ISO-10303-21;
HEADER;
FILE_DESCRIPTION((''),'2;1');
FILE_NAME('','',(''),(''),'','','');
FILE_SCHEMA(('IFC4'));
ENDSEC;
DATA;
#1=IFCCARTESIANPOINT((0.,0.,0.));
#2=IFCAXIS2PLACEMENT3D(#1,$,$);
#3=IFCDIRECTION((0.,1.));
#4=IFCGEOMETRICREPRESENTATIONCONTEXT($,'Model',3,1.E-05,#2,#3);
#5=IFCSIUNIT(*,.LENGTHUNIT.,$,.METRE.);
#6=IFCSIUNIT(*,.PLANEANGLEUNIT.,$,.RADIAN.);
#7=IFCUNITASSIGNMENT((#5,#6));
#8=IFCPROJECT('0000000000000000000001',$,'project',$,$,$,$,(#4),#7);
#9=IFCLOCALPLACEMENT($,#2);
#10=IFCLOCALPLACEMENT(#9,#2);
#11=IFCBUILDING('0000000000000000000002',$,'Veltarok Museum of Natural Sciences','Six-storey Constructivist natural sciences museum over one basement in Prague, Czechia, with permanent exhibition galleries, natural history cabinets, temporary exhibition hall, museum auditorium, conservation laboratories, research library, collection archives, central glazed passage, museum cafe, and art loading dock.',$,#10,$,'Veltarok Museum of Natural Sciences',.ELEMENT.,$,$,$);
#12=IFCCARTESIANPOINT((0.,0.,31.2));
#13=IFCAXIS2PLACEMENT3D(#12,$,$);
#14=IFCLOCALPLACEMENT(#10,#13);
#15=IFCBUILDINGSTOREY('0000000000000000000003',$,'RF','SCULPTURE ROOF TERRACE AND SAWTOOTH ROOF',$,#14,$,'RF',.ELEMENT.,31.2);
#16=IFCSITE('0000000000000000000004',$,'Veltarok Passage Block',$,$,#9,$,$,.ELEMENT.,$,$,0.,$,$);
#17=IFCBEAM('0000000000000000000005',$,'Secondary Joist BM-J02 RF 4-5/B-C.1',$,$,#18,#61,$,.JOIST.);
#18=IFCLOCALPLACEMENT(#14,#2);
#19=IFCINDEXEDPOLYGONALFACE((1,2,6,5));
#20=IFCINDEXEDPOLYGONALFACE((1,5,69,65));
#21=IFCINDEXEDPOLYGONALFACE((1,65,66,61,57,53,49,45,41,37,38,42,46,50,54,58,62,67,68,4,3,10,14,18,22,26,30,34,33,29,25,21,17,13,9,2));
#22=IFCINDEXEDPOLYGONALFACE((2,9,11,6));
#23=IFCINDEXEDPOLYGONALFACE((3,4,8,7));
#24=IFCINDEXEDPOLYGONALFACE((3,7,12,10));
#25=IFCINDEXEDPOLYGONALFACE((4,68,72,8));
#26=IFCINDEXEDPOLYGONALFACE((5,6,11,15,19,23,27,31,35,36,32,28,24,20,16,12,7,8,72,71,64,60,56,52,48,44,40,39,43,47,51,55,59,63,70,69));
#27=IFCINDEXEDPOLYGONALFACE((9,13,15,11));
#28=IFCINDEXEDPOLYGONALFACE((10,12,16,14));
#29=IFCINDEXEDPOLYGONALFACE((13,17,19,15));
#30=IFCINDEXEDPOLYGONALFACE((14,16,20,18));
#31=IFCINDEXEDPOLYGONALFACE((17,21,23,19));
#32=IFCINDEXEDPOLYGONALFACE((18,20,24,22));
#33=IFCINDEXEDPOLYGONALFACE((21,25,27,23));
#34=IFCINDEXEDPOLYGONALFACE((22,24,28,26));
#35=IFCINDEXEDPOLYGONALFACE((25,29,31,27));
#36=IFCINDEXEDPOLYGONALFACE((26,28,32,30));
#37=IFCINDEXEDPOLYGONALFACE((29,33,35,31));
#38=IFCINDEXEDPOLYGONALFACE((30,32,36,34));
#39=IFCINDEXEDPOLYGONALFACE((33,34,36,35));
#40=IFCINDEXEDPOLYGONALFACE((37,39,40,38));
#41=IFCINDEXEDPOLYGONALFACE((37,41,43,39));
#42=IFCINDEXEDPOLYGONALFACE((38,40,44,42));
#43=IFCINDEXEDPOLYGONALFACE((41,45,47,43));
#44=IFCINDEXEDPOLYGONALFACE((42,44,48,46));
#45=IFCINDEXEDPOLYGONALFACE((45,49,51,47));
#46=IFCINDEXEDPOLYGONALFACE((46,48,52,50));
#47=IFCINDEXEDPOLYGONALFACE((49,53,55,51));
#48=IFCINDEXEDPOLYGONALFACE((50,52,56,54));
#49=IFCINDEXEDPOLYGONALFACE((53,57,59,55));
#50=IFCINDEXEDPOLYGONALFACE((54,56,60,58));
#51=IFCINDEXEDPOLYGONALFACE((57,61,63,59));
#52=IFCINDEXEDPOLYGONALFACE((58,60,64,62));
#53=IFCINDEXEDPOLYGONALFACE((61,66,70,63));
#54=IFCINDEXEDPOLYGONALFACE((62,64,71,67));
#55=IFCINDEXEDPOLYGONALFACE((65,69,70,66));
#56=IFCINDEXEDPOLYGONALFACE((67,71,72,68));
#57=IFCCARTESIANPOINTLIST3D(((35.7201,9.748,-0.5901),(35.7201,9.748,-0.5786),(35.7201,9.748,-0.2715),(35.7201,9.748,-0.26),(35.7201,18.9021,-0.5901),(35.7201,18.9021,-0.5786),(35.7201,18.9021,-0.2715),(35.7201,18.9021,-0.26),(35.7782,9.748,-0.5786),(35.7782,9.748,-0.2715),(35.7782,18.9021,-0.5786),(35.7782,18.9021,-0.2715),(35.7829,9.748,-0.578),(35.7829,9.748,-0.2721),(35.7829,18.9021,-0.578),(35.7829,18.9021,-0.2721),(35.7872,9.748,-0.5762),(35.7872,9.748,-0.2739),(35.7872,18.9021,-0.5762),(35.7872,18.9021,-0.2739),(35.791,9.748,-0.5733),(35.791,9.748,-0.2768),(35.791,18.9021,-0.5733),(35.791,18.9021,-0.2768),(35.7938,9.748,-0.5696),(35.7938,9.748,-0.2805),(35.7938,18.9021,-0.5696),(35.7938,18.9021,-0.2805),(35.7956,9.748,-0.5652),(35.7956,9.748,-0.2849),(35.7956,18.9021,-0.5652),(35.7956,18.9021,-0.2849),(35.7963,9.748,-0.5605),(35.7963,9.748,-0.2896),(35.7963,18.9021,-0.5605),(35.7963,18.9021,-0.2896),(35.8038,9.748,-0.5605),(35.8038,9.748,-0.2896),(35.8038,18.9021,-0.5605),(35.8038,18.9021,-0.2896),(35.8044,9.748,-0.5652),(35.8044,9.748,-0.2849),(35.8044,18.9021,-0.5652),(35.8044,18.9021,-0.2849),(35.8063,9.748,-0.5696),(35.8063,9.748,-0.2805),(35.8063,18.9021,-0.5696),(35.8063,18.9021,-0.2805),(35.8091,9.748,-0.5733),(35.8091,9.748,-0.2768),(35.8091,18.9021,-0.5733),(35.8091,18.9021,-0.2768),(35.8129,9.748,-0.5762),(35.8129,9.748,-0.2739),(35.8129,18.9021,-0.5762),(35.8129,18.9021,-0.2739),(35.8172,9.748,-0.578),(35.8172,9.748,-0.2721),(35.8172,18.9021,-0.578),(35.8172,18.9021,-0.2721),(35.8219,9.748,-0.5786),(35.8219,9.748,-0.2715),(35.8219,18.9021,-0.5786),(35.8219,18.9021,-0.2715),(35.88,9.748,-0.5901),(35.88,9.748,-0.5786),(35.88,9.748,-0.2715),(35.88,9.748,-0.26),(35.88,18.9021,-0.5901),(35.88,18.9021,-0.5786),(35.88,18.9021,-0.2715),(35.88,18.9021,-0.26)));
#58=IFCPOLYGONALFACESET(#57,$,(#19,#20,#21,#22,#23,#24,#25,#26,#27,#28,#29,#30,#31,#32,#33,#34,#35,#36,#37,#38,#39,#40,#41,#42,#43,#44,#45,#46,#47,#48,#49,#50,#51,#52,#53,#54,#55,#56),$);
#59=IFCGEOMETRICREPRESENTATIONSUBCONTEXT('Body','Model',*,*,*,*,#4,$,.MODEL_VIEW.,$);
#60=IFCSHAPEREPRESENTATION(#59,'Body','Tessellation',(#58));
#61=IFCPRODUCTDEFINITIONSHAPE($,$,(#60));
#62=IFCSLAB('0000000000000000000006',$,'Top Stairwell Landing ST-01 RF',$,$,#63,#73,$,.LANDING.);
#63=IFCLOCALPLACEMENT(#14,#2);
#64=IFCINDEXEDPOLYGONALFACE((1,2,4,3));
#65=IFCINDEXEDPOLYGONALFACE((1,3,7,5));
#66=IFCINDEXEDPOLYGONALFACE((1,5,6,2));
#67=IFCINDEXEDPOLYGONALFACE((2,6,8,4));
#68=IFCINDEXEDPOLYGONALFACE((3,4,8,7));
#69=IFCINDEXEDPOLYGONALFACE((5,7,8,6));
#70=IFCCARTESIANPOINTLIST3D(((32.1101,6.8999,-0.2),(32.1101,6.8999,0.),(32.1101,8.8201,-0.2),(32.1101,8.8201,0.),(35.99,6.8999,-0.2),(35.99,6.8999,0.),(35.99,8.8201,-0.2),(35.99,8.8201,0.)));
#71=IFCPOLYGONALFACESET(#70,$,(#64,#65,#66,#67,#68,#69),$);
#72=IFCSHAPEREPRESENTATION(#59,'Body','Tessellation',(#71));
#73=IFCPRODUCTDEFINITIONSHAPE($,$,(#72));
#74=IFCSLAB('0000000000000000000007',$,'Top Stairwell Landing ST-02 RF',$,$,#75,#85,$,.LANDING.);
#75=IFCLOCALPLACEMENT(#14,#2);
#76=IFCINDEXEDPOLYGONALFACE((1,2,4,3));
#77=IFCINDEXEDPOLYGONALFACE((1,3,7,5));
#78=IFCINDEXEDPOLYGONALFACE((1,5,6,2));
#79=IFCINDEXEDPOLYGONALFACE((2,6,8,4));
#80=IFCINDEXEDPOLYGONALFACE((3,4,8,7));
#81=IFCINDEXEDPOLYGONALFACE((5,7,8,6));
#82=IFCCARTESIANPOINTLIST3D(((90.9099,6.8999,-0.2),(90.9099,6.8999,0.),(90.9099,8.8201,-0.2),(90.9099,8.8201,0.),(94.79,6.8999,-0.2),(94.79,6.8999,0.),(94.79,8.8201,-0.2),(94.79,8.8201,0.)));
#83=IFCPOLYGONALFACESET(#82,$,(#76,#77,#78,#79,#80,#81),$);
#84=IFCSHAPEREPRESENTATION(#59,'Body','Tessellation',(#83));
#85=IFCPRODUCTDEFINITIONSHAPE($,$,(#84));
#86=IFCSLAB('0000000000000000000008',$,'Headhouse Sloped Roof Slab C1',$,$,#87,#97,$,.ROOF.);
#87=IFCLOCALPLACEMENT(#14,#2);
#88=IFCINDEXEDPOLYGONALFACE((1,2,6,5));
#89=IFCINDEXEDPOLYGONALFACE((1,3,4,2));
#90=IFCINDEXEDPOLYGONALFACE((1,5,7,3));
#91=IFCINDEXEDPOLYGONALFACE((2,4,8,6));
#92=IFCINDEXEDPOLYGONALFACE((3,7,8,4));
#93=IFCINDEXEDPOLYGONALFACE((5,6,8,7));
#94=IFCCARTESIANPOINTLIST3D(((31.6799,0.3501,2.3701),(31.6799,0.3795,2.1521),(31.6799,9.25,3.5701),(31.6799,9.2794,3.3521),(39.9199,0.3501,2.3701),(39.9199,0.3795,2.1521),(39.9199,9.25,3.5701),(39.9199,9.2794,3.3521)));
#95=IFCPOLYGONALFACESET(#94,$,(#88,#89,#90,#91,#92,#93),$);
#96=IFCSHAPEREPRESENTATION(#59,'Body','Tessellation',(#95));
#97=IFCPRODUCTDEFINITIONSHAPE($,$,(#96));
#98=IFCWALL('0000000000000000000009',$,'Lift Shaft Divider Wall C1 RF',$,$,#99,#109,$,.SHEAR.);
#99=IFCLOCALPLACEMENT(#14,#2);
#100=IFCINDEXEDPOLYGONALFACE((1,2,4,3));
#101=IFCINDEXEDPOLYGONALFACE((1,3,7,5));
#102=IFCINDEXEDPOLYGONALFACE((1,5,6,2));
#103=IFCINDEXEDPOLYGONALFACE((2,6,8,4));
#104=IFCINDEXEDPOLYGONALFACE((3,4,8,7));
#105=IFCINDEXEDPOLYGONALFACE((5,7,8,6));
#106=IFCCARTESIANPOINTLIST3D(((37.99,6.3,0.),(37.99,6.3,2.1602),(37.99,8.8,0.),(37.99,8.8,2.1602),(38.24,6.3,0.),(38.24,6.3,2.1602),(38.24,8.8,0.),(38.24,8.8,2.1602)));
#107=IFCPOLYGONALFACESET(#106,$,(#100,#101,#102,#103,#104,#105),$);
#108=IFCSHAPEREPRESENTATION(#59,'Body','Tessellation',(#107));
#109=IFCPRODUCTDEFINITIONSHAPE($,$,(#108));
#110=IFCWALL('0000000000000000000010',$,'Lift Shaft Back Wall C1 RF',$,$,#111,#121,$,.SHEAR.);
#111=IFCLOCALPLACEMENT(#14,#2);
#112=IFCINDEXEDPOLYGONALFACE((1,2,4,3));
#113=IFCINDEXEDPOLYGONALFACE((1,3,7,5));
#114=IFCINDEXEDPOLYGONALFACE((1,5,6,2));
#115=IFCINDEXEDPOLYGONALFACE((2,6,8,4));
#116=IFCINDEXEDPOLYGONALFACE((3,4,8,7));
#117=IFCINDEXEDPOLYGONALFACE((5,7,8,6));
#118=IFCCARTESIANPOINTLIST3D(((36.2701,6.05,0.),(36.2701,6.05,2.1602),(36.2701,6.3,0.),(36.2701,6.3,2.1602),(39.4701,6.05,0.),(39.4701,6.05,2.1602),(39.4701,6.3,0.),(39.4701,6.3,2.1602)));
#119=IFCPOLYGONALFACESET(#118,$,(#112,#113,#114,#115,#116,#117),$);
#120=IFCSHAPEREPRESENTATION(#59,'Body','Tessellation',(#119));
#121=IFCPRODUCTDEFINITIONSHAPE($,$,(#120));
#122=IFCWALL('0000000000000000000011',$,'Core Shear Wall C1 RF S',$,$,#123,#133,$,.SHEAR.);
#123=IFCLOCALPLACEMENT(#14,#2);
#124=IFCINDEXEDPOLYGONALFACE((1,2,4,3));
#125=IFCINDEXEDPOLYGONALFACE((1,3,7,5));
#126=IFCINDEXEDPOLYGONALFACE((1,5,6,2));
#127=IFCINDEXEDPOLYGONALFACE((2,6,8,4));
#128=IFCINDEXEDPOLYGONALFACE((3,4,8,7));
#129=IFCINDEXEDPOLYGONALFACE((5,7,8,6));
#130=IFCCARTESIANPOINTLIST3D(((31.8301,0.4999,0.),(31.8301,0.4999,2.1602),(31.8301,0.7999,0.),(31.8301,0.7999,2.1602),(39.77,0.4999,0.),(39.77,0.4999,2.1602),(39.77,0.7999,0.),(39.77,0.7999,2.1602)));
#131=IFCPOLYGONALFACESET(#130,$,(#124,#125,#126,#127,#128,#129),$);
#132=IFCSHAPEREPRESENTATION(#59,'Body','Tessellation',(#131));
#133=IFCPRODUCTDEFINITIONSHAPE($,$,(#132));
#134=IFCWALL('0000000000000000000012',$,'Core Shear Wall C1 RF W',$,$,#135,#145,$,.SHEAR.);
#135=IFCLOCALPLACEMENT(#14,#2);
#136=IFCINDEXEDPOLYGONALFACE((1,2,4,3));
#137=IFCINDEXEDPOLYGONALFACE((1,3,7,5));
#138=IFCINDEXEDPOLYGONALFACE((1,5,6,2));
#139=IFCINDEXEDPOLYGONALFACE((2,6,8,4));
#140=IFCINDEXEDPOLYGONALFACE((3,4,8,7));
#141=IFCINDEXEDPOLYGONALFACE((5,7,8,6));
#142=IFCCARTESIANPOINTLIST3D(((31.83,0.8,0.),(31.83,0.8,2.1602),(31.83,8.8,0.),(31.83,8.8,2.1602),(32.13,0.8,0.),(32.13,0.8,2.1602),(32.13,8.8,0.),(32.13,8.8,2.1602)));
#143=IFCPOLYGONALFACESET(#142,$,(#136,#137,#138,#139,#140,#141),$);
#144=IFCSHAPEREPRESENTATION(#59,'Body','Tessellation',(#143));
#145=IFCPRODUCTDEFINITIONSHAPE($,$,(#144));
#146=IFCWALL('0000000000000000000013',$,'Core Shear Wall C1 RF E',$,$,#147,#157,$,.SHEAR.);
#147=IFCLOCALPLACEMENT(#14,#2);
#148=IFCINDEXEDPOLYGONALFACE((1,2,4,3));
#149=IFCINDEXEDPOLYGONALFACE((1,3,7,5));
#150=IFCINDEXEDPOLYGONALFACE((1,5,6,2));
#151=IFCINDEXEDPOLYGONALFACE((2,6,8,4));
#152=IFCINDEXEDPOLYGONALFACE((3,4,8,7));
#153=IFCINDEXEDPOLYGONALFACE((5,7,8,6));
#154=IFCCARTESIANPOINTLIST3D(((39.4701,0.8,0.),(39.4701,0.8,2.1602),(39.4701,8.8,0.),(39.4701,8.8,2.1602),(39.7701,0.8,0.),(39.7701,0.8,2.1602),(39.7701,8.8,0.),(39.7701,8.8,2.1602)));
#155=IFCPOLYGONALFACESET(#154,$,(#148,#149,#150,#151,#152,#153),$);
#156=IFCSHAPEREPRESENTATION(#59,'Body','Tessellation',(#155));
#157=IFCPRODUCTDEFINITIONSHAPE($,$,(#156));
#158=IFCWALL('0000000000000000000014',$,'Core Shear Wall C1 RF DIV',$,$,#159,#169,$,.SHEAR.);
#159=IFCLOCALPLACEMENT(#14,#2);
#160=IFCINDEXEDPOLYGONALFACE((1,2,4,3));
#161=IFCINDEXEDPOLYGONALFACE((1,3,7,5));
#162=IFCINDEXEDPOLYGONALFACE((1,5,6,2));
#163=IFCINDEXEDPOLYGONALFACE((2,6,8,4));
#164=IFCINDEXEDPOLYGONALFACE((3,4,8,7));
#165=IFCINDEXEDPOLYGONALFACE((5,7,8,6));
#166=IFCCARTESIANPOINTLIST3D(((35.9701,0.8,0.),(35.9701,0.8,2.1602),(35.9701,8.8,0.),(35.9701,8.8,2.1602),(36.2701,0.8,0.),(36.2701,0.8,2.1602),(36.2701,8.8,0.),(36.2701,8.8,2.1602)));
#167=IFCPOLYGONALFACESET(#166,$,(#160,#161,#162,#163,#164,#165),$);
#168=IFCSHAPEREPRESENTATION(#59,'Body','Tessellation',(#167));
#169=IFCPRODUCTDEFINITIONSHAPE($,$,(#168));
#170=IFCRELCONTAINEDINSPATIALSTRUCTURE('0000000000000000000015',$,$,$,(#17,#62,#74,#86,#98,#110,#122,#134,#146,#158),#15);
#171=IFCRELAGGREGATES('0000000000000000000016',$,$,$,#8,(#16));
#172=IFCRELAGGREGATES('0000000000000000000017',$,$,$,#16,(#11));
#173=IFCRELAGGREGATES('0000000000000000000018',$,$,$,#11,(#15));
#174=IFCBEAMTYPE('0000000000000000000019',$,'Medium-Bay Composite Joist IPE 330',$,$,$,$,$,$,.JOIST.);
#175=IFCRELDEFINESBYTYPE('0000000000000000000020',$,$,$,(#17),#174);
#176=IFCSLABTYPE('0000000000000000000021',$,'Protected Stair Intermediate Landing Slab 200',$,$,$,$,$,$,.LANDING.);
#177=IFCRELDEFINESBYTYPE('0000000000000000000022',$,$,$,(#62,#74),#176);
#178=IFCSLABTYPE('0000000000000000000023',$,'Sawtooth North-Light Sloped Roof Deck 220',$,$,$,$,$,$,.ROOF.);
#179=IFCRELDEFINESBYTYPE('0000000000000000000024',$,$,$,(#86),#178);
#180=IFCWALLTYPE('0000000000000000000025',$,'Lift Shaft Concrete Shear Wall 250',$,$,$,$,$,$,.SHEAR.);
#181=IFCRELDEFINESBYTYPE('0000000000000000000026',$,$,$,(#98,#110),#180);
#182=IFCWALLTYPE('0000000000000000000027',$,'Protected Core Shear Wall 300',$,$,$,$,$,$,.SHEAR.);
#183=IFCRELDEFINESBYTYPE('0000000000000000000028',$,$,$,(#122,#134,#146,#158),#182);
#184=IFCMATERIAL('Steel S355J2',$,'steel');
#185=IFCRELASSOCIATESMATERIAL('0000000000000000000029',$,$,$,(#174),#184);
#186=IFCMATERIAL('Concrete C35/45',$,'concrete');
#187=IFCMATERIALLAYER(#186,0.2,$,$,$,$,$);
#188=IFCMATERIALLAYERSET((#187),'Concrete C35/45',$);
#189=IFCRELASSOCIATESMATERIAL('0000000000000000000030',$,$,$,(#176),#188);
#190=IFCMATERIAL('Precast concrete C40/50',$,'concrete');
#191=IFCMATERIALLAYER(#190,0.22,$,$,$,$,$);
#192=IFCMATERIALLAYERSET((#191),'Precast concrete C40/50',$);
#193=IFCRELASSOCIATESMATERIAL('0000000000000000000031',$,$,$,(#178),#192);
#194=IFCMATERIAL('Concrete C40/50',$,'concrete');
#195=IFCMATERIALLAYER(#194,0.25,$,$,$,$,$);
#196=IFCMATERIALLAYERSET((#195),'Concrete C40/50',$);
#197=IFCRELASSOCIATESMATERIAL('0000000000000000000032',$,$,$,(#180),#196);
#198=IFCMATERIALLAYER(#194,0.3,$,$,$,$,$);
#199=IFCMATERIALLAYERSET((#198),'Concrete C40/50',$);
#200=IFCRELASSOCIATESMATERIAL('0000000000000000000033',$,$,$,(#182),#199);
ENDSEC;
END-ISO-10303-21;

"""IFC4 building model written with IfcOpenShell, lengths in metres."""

from ifc_helpers import new_model, si_unit, direction, frame, frame_2d, origin, origin_2d, place, context, subcontext, project, spatial, polyline, rectangle, i_section, outline, extrude, material, layer, layer_set, material_profile, profile_set, type_object, element, save


model = new_model("IFC4")

# Units and contexts
model_context = context("Model", 3, precision=1e-05, world=origin(), true_north=direction((0.0, 1.0)))
body_context = subcontext(model_context, "Body", "Model", "MODEL_VIEW")
ifc_project = project(units=[si_unit("LENGTHUNIT", "METRE"), si_unit("PLANEANGLEUNIT", "RADIAN")], contexts=[model_context])

# Site, building, storey
site_placement = place(None, origin())
site = spatial("IfcSite", under=ifc_project, at=site_placement, Name="Veltarok Passage Block", CompositionType="ELEMENT", RefElevation=0.0)
building_placement = place(site_placement, origin())
building = spatial("IfcBuilding", under=site, at=building_placement, Name="Veltarok Museum of Natural Sciences", Description="Six-storey Constructivist natural sciences museum over one basement in Prague, Czechia, with permanent exhibition galleries, natural history cabinets, temporary exhibition hall, museum auditorium, conservation laboratories, research library, collection archives, central glazed passage, museum cafe, and art loading dock.", LongName="Veltarok Museum of Natural Sciences", CompositionType="ELEMENT")
storey_placement = place(building_placement, frame((0.0, 0.0, 31.2)))
storey = spatial("IfcBuildingStorey", under=building, at=storey_placement, Name="RF", Description="SCULPTURE ROOF TERRACE AND SAWTOOTH ROOF", LongName="RF", CompositionType="ELEMENT", Elevation=31.2)

# Beam
ifc_material_1 = material(Name="Concrete C40/50", Category="concrete")
ifc_material_2 = material(Name="Steel S355J2", Category="steel")
ifc_material_profile_1 = material_profile(ifc_material_2, i_section(OverallWidth=0.1599, OverallDepth=0.3301, WebThickness=0.0076, FlangeThickness=0.0115, FilletRadius=0.0181, at=origin_2d()), Name="IPE 330")
ifc_profile_set_1 = profile_set([ifc_material_profile_1], Name="Steel S355J2")
beam_type_1 = type_object("IfcBeamType", Name="Medium-Bay Composite Joist IPE 330", PredefinedType="JOIST", material=ifc_profile_set_1)
beam_1_placement = place(storey_placement, frame((35.8, 9.748, -0.425), z_axis=(0.0, 1.0, 0.0), x_axis=(-1.0, 0.0, 0.0)))
element("IfcBeam", 1, at=beam_1_placement, inside=storey, type_object=beam_type_1, Name="Secondary Joist BM-J02 RF 4-5/B-C.1", PredefinedType="JOIST", context=body_context, shape_type="SweptSolid", body=[
    extrude(i_section(OverallWidth=0.1599, OverallDepth=0.3301, WebThickness=0.0076, FlangeThickness=0.0115, FilletRadius=0.0181, at=origin_2d()), origin(), (0.0, 0.0, 1.0), 9.1541),
])

# Slabs
ifc_material_3 = material(Name="Concrete C35/45", Category="concrete")
ifc_layer_1 = layer(ifc_material_3, 0.2)
ifc_layer_set_1 = layer_set([ifc_layer_1], Name="Concrete C35/45")
slab_type_1 = type_object("IfcSlabType", Name="Protected Stair Intermediate Landing Slab 200", PredefinedType="LANDING", material=ifc_layer_set_1)
slab_1_placement = place(storey_placement, frame((0.0, 0.0, -0.2)))
element("IfcSlab", 2, at=slab_1_placement, inside=storey, type_object=slab_type_1, Name="Top Stairwell Landing ST-01 RF", PredefinedType="LANDING", context=body_context, shape_type="SweptSolid", body=[
    extrude(outline(polyline([(32.1101, 6.8999), (35.99, 6.8999), (35.99, 8.8201), (32.1101, 8.8201), (32.1101, 6.8999)])), origin(), (0.0, 0.0, 1.0), 0.2),
])
slab_2_placement = place(storey_placement, frame((0.0, 0.0, -0.2)))
element("IfcSlab", 3, at=slab_2_placement, inside=storey, type_object=slab_type_1, Name="Top Stairwell Landing ST-02 RF", PredefinedType="LANDING", context=body_context, shape_type="SweptSolid", body=[
    extrude(outline(polyline([(90.9099, 6.8999), (94.79, 6.8999), (94.79, 8.8201), (90.9099, 8.8201), (90.9099, 6.8999)])), origin(), (0.0, 0.0, 1.0), 0.2),
])
ifc_material_4 = material(Name="Precast concrete C40/50", Category="concrete")
ifc_layer_2 = layer(ifc_material_4, 0.22)
ifc_layer_set_2 = layer_set([ifc_layer_2], Name="Precast concrete C40/50")
slab_type_2 = type_object("IfcSlabType", Name="Sawtooth North-Light Sloped Roof Deck 220", PredefinedType="ROOF", material=ifc_layer_set_2)
slab_3_placement = place(storey_placement, frame((31.6799, 0.3501, 2.3701), z_axis=(0.0, -0.133618, 0.991033), x_axis=(1.0, 0.0, 0.0)))
element("IfcSlab", 4, at=slab_3_placement, inside=storey, type_object=slab_type_2, Name="Headhouse Sloped Roof Slab C1", PredefinedType="ROOF", context=body_context, shape_type="SweptSolid", body=[
    extrude(outline(polyline([(0.0, 0.0), (8.24, 0.0), (8.24, 8.9804), (0.0, 8.9804), (0.0, 0.0)])), origin(), (0.0, 0.0, -1.0), 0.22),
])

# Walls
ifc_layer_3 = layer(ifc_material_1, 0.25)
ifc_layer_set_3 = layer_set([ifc_layer_3], Name="Concrete C40/50")
wall_type_1 = type_object("IfcWallType", Name="Lift Shaft Concrete Shear Wall 250", PredefinedType="SHEAR", material=ifc_layer_set_3)
wall_1_placement = place(storey_placement, frame((38.115, 6.3, 0.0), z_axis=(0.0, 0.0, 1.0), x_axis=(0.0, 1.0, 0.0)))
element("IfcWall", 5, at=wall_1_placement, inside=storey, type_object=wall_type_1, Name="Lift Shaft Divider Wall C1 RF", PredefinedType="SHEAR", context=body_context, shape_type="SweptSolid", body=[
    extrude(rectangle(XDim=2.5, YDim=0.25, at=frame_2d((1.25, 0.0))), origin(), (0.0, 0.0, 1.0), 2.1602),
])
wall_2_placement = place(storey_placement, frame((36.27, 6.175, 0.0), z_axis=(0.0, 0.0, 1.0), x_axis=(1.0, 0.0, 0.0)))
element("IfcWall", 6, at=wall_2_placement, inside=storey, type_object=wall_type_1, Name="Lift Shaft Back Wall C1 RF", PredefinedType="SHEAR", context=body_context, shape_type="SweptSolid", body=[
    extrude(rectangle(XDim=3.2, YDim=0.25, at=frame_2d((1.6001, 0.0))), origin(), (0.0, 0.0, 1.0), 2.1602),
])
ifc_layer_4 = layer(ifc_material_1, 0.3)
ifc_layer_set_4 = layer_set([ifc_layer_4], Name="Concrete C40/50")
wall_type_2 = type_object("IfcWallType", Name="Protected Core Shear Wall 300", PredefinedType="SHEAR", material=ifc_layer_set_4)
wall_3_placement = place(storey_placement, frame((31.8301, 0.6499, 0.0), z_axis=(0.0, 0.0, 1.0), x_axis=(1.0, 0.0, 0.0)))
element("IfcWall", 7, at=wall_3_placement, inside=storey, type_object=wall_type_2, Name="Core Shear Wall C1 RF S", PredefinedType="SHEAR", context=body_context, shape_type="SweptSolid", body=[
    extrude(rectangle(XDim=7.9399, YDim=0.3, at=frame_2d((3.97, 0.0))), origin(), (0.0, 0.0, 1.0), 2.1602),
])
for number, where, z_axis, x_axis, name in (
    (8, (31.98, 8.8, 0.0), (0.0, 0.0, 1.0), (0.0, -1.0, 0.0), "Core Shear Wall C1 RF W"),
    (9, (39.6201, 0.8, 0.0), (0.0, 0.0, 1.0), (0.0, 1.0, 0.0), "Core Shear Wall C1 RF E"),
    (10, (36.1201, 0.8, 0.0), (0.0, 0.0, 1.0), (0.0, 1.0, 0.0), "Core Shear Wall C1 RF DIV"),
):
    element("IfcWall", number, at=place(storey_placement, frame(where, z_axis=z_axis, x_axis=x_axis)), inside=storey, type_object=wall_type_2, Name=name, PredefinedType="SHEAR", context=body_context, shape_type="SweptSolid", body=[
        extrude(rectangle(XDim=8.0, YDim=0.3, at=frame_2d((4.0, 0.0))), origin(), (0.0, 0.0, 1.0), 2.1602),
    ])

save(model, "model.ifc")
